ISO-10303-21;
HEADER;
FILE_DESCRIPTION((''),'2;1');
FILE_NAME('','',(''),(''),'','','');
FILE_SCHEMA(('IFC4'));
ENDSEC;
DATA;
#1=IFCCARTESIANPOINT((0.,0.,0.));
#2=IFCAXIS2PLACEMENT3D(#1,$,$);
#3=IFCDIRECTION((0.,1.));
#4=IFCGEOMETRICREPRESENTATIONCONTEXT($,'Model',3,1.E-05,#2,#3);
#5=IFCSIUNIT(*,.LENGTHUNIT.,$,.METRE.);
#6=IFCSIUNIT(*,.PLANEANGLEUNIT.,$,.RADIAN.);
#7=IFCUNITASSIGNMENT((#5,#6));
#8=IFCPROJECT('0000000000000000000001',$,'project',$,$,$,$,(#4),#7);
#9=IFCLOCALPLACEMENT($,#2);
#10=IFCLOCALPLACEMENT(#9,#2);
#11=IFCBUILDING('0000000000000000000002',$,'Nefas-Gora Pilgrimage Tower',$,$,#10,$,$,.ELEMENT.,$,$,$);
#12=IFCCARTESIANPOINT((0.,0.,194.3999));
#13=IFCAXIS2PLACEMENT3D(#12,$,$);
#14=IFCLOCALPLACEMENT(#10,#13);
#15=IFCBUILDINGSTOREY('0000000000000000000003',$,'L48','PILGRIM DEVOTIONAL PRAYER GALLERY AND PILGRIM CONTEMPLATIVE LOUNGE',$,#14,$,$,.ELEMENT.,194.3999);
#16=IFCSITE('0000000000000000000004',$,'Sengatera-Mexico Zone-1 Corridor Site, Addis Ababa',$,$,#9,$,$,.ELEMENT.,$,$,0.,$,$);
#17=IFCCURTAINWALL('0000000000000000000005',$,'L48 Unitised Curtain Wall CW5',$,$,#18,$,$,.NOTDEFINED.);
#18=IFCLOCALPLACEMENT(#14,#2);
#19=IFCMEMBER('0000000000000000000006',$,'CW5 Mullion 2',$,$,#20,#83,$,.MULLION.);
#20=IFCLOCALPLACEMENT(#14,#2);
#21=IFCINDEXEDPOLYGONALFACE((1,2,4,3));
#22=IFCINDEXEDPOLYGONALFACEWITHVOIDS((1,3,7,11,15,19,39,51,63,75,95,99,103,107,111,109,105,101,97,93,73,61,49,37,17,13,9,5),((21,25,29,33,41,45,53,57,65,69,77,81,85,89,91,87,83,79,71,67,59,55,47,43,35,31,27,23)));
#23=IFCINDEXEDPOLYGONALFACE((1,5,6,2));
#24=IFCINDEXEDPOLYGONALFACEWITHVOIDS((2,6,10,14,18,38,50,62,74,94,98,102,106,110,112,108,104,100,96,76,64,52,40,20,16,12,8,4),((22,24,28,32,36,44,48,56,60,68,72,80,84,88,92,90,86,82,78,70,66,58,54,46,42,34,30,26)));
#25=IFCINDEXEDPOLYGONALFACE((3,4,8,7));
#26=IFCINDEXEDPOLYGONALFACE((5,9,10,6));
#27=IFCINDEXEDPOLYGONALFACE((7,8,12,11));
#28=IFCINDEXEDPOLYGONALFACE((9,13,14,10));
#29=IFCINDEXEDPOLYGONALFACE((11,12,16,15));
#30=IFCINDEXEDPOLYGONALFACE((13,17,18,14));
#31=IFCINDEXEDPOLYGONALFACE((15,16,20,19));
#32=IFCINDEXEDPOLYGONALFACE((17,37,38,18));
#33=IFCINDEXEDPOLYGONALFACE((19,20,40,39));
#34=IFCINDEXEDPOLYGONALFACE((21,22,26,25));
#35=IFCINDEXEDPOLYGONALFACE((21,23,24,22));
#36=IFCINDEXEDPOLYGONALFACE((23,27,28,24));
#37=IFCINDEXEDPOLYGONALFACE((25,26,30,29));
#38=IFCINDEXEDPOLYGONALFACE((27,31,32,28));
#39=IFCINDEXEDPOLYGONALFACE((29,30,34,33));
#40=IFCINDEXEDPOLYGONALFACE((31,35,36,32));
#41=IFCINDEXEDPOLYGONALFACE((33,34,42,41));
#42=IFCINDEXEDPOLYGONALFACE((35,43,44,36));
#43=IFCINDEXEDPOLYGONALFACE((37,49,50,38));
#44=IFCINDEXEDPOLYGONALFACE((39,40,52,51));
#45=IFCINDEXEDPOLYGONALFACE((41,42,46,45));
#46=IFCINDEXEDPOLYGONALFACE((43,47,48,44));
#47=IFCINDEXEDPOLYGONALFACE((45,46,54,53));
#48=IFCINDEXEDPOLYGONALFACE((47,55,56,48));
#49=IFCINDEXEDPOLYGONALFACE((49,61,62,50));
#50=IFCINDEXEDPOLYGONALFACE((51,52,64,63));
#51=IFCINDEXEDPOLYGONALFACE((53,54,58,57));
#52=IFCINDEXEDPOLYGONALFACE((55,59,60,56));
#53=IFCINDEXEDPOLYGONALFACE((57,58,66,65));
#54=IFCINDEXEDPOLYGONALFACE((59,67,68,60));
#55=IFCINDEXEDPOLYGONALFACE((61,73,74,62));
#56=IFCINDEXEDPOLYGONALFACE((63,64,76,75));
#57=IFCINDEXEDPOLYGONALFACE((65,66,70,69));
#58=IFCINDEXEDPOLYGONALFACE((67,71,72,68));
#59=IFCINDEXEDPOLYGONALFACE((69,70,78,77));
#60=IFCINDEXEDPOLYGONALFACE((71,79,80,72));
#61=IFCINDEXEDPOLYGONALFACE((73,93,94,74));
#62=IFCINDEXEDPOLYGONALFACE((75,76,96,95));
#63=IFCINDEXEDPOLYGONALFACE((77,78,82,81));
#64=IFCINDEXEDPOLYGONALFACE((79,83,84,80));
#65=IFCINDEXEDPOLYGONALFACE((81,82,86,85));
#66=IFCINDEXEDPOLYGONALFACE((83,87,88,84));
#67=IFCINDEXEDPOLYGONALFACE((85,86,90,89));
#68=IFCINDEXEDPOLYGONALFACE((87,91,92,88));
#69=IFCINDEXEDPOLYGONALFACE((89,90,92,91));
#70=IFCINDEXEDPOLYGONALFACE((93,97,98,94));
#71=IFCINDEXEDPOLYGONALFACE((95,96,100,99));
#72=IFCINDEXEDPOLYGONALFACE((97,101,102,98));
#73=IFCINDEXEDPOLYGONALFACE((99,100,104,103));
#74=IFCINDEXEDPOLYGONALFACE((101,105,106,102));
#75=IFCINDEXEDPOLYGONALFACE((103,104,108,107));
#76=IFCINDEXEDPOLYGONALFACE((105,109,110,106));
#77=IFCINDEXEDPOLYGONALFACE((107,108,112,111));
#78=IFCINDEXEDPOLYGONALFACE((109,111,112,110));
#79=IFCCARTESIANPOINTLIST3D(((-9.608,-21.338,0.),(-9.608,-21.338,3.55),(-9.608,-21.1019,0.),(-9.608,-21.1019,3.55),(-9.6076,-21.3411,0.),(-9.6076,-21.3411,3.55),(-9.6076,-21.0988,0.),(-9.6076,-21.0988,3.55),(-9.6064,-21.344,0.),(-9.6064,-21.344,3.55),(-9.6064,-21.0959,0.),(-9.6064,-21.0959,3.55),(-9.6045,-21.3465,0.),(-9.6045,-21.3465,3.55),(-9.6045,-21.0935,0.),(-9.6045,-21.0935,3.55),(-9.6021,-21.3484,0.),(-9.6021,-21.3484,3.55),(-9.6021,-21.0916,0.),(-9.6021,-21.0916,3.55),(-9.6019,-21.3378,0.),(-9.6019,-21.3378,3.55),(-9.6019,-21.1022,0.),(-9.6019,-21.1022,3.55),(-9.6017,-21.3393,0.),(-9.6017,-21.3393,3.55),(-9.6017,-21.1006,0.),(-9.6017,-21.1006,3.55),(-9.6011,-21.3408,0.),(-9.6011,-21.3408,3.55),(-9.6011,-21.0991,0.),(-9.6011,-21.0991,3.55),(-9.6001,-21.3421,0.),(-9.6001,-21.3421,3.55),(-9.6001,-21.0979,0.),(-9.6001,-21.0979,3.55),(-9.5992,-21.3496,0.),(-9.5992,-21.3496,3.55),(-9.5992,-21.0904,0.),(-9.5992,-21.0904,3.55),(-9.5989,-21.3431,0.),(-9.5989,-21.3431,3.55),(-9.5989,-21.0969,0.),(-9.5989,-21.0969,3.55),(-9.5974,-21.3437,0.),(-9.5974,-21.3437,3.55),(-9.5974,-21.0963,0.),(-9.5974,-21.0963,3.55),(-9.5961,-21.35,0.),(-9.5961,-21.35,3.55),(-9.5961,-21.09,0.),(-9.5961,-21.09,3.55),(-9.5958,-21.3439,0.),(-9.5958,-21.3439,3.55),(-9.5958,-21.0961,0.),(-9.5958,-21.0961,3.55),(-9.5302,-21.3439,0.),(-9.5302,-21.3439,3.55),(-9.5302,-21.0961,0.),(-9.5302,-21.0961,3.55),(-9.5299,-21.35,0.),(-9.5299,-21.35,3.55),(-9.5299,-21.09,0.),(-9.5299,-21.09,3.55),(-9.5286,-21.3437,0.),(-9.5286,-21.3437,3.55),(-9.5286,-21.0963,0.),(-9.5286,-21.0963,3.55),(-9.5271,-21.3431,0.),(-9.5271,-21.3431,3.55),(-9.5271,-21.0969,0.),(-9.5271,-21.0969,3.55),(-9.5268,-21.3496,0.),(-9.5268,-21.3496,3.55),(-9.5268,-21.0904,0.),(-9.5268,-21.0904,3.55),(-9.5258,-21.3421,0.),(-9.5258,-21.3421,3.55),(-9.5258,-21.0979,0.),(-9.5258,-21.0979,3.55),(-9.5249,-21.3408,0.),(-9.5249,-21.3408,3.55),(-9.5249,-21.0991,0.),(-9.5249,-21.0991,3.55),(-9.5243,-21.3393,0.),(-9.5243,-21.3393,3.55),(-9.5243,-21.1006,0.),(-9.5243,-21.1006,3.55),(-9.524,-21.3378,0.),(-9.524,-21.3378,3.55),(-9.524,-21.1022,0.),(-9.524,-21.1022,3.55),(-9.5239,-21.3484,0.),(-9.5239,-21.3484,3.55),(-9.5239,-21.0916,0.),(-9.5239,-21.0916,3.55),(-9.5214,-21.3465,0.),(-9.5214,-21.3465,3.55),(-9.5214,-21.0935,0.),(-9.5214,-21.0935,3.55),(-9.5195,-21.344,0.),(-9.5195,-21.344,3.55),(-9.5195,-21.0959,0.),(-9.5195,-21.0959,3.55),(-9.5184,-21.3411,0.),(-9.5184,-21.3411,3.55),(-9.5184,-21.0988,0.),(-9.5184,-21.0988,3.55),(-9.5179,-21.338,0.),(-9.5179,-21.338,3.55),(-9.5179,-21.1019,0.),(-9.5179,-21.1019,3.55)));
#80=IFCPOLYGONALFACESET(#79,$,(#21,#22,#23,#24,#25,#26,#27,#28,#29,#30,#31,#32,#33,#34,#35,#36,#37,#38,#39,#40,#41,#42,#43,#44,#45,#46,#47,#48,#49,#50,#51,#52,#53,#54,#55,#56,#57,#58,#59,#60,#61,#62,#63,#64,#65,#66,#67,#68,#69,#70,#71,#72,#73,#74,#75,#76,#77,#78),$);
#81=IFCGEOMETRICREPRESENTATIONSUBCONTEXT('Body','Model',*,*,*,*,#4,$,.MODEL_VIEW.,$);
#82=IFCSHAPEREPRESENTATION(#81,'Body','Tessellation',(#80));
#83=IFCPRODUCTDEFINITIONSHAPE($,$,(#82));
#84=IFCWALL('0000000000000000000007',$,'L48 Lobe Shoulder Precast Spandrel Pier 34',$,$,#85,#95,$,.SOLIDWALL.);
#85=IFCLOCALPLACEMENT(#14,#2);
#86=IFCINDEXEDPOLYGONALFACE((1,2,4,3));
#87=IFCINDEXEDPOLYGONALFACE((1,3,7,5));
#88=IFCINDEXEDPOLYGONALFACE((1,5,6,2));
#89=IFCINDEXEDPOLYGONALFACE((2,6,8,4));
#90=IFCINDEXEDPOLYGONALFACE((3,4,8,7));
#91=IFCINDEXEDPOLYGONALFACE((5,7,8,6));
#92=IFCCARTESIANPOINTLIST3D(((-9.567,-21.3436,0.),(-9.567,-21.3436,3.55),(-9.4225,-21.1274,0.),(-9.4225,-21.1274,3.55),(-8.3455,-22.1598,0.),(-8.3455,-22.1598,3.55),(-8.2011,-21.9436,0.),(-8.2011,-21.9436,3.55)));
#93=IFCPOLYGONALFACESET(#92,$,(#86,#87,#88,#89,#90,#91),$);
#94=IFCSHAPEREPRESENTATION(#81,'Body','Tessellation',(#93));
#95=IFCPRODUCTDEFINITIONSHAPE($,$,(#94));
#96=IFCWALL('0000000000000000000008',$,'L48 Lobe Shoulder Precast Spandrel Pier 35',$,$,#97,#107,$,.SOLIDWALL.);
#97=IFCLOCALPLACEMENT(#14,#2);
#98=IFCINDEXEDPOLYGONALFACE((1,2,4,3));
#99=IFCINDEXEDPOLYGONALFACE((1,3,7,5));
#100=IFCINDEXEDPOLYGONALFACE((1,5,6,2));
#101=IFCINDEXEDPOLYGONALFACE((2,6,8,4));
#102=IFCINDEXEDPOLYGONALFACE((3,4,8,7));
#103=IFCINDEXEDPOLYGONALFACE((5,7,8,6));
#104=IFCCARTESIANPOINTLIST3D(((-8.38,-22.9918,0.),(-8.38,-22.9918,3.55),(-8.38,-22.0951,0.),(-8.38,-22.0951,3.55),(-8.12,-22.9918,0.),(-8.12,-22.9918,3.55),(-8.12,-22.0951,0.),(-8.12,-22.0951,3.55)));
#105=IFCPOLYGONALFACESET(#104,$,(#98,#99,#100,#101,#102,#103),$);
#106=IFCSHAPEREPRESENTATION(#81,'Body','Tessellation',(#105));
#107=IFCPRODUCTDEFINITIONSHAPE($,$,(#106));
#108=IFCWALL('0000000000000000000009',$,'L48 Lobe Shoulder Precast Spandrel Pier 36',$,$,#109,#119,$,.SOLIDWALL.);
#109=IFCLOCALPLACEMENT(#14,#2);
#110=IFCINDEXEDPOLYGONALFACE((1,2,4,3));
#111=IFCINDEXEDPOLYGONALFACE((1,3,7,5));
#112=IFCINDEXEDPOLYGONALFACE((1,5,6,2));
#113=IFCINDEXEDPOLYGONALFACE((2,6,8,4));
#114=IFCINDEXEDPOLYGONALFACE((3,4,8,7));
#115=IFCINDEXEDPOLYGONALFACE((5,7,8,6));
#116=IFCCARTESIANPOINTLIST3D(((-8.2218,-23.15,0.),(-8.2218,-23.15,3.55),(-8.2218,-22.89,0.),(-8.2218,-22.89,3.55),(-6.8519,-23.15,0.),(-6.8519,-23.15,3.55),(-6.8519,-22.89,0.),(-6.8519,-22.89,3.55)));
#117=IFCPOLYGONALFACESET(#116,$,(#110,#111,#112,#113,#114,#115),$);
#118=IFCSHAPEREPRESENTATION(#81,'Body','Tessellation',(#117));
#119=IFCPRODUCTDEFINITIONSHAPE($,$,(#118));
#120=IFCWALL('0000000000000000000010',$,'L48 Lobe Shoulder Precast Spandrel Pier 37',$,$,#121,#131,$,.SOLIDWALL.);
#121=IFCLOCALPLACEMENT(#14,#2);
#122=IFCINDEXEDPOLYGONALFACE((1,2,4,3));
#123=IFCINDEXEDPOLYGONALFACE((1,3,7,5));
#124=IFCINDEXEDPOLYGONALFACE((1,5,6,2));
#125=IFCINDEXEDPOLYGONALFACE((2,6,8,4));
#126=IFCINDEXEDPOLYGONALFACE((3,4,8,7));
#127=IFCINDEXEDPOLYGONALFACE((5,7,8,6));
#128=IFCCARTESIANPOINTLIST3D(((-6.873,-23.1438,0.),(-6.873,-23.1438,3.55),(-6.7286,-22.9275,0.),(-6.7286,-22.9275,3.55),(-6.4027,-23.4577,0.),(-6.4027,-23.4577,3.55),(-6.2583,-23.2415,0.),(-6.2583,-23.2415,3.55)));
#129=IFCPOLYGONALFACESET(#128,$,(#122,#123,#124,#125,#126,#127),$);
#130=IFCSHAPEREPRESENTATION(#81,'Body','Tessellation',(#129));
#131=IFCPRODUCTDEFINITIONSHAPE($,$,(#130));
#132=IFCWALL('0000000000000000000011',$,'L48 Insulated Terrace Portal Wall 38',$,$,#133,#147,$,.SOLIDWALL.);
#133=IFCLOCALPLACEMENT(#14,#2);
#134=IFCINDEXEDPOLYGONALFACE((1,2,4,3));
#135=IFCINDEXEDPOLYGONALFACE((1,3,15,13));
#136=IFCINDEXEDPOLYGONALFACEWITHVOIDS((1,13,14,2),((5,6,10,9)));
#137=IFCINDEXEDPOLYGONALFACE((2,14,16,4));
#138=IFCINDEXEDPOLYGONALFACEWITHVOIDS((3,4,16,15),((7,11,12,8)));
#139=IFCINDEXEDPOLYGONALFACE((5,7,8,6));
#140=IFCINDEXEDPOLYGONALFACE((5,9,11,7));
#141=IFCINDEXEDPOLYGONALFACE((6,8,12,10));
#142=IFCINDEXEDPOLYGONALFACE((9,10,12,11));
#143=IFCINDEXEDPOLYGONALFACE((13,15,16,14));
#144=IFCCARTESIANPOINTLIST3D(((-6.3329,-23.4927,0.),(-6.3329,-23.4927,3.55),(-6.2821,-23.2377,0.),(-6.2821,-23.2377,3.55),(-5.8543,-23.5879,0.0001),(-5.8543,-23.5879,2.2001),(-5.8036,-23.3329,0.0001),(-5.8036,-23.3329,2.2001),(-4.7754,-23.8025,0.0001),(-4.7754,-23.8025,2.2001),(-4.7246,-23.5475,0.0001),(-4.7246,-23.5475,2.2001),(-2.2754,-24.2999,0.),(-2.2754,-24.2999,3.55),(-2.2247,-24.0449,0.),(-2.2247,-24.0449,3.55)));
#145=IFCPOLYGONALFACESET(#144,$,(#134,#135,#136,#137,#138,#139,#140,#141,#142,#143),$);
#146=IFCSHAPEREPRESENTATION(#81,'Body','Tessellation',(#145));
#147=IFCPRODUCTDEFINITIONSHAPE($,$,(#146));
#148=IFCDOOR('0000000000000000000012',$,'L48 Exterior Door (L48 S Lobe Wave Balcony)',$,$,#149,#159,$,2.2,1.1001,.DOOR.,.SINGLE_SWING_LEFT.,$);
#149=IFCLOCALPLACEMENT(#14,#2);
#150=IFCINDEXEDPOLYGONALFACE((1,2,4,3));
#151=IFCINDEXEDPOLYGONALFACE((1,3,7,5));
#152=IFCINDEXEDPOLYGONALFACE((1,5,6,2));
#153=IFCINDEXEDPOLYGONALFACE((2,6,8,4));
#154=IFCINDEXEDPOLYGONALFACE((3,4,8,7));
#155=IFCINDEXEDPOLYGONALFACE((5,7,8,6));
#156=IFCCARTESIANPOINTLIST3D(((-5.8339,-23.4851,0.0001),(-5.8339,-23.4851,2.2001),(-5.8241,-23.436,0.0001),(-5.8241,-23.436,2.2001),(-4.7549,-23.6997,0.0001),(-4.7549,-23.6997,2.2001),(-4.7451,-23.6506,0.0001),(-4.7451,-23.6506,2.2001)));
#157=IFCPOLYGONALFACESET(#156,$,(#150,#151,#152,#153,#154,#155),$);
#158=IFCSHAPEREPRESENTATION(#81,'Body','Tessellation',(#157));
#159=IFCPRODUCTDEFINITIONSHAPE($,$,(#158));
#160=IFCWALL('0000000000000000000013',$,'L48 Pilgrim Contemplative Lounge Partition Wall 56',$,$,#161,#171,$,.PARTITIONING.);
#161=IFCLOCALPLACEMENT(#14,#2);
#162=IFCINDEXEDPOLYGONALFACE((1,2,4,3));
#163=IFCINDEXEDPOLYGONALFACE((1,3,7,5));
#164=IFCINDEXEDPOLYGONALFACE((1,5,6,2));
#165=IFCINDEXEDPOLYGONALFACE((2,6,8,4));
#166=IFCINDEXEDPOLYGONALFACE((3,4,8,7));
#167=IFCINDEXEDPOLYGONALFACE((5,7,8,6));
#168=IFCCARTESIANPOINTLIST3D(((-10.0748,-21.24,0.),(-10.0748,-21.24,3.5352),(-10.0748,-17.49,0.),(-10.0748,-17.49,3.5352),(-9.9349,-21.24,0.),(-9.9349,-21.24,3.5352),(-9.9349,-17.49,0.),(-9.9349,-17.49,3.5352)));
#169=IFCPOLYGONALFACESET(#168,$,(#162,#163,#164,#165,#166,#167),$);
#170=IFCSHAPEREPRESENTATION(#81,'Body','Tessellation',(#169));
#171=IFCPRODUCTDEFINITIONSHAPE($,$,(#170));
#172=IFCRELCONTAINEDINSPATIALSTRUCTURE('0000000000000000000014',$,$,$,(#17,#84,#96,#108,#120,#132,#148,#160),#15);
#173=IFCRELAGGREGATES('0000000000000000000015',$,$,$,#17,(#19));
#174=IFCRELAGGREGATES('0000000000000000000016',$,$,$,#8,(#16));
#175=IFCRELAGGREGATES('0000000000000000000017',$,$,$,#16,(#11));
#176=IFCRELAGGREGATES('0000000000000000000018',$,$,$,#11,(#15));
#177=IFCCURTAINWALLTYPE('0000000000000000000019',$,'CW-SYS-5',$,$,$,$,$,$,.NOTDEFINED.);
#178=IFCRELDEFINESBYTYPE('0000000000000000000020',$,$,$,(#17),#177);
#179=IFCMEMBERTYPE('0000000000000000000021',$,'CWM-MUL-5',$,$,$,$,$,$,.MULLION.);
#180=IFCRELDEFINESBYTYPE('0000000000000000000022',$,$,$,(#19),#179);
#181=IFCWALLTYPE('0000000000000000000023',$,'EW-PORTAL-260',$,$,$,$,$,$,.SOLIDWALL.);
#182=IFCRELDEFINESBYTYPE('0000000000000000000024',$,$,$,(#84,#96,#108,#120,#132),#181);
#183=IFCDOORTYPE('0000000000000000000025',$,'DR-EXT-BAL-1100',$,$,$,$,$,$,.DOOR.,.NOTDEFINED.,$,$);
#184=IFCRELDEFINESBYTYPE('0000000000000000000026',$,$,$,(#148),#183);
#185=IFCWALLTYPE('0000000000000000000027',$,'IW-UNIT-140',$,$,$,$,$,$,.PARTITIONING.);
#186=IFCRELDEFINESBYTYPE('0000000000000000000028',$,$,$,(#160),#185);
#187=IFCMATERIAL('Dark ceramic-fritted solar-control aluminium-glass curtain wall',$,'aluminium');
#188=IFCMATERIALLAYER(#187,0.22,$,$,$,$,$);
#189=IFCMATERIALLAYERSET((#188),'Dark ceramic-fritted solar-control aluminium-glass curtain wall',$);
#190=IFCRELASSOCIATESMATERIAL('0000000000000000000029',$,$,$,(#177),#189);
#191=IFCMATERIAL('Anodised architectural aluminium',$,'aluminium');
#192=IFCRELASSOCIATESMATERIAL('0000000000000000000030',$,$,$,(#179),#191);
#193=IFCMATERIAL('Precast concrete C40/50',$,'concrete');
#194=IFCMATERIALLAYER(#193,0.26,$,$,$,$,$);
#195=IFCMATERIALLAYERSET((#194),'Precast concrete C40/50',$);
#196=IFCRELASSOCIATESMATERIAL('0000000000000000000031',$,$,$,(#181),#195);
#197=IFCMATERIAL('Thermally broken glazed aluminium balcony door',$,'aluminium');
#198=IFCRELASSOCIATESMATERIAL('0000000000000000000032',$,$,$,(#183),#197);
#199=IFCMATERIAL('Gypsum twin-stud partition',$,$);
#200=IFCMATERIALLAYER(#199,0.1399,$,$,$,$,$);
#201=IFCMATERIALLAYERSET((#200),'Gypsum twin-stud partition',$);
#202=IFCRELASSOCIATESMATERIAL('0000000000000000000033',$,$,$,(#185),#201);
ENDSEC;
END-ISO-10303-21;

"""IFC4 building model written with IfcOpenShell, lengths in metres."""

from ifc_helpers import new_model, si_unit, direction, frame, frame_2d, origin, origin_2d, place, context, subcontext, project, spatial, rectangle, hollow_rectangle, extrude, source, transform, mapped, material, layer, layer_set, material_profile, profile_set, type_object, element, fill, aggregate, save


model = new_model("IFC4")

# Units and contexts
model_context = context("Model", 3, precision=1e-05, world=origin(), true_north=direction((0.0, 1.0)))
body_context = subcontext(model_context, "Body", "Model", "MODEL_VIEW")
ifc_project = project(units=[si_unit("LENGTHUNIT", "METRE"), si_unit("PLANEANGLEUNIT", "RADIAN")], contexts=[model_context])

# Site, building, storey
site_placement = place(None, origin())
site = spatial("IfcSite", under=ifc_project, at=site_placement, Name="Sengatera-Mexico Zone-1 Corridor Site, Addis Ababa", CompositionType="ELEMENT", RefElevation=0.0)
building_placement = place(site_placement, origin())
building = spatial("IfcBuilding", under=site, at=building_placement, Name="Nefas-Gora Pilgrimage Tower", CompositionType="ELEMENT")
storey_placement = place(building_placement, frame((0.0, 0.0, 194.3999)))
storey = spatial("IfcBuildingStorey", under=building, at=storey_placement, Name="L48", Description="PILGRIM DEVOTIONAL PRAYER GALLERY AND PILGRIM CONTEMPLATIVE LOUNGE", CompositionType="ELEMENT", Elevation=194.3999)

# Curtain wall, member
ifc_material_1 = material(Name="Dark ceramic-fritted solar-control aluminium-glass curtain wall", Category="aluminium")
ifc_layer_1 = layer(ifc_material_1, 0.22)
ifc_layer_set_1 = layer_set([ifc_layer_1], Name="Dark ceramic-fritted solar-control aluminium-glass curtain wall")
curtain_wall_type = type_object("IfcCurtainWallType", Name="CW-SYS-5", PredefinedType="NOTDEFINED", material=ifc_layer_set_1)
curtain_wall_placement = place(storey_placement, origin())
curtain_wall = element("IfcCurtainWall", 1, at=curtain_wall_placement, inside=storey, type_object=curtain_wall_type, Name="L48 Unitised Curtain Wall CW5", PredefinedType="NOTDEFINED")
ifc_material_2 = material(Name="Anodised architectural aluminium", Category="aluminium")
ifc_material_profile_1 = material_profile(ifc_material_2, hollow_rectangle(XDim=0.0901, YDim=0.26, WallThickness=0.0061, InnerFilletRadius=0.0061, OuterFilletRadius=0.012, at=origin_2d()), Name="ALU MULLION 90x260")
ifc_profile_set_1 = profile_set([ifc_material_profile_1], Name="Anodised architectural aluminium")
member_type = type_object("IfcMemberType", Name="CWM-MUL-5", PredefinedType="MULLION", material=ifc_profile_set_1)
shared_shape_1 = source(origin(), body_context, "Body", "SweptSolid", [
    extrude(hollow_rectangle(XDim=0.0901, YDim=0.26, WallThickness=0.0061, InnerFilletRadius=0.0061, OuterFilletRadius=0.012, at=origin_2d()), origin(), (0.0, 0.0, 1.0), 3.55),
])
member_placement = place(storey_placement, frame((-9.563, -21.22, 0.0), z_axis=(0.0, 0.0, 1.0), x_axis=(1.0, 0.0, 0.0)))
member = element("IfcMember", 2, at=member_placement, type_object=member_type, Name="CW5 Mullion 2", PredefinedType="MULLION", context=body_context, shape_type="MappedRepresentation", body=[
    mapped(shared_shape_1, transform((0.0, 0.0, 0.0), x_axis=(1.0, 0.0, 0.0), y_axis=(0.0, 1.0, 0.0), z_axis=(0.0, 0.0, 1.0), scale=1.0)),
])
aggregate(curtain_wall, [member])

# Walls
ifc_material_3 = material(Name="Precast concrete C40/50", Category="concrete")
ifc_layer_2 = layer(ifc_material_3, 0.26)
ifc_layer_set_2 = layer_set([ifc_layer_2], Name="Precast concrete C40/50")
wall_type_1 = type_object("IfcWallType", Name="EW-PORTAL-260", PredefinedType="SOLIDWALL", material=ifc_layer_set_2)
shared_shape_2 = source(origin(), body_context, "Body", "SweptSolid", [
    extrude(rectangle(XDim=1.469, YDim=0.26, at=frame_2d((0.7344, 0.0))), origin(), (0.0, 0.0, 1.0), 3.55),
])
wall_1_placement = place(storey_placement, frame((-9.4946, -21.2356, 0.0), z_axis=(0.0, 0.0, 1.0), x_axis=(0.831462, -0.555582, 0.0)))
element("IfcWall", 3, at=wall_1_placement, inside=storey, type_object=wall_type_1, Name="L48 Lobe Shoulder Precast Spandrel Pier 34", PredefinedType="SOLIDWALL", context=body_context, shape_type="MappedRepresentation", body=[
    mapped(shared_shape_2, transform((0.0, 0.0, 0.0), x_axis=(1.0, 0.0, 0.0), y_axis=(0.0, 1.0, 0.0), z_axis=(0.0, 0.0, 1.0), scale=1.0)),
])
shared_shape_3 = source(origin(), body_context, "Body", "SweptSolid", [
    extrude(rectangle(XDim=0.8967, YDim=0.26, at=frame_2d((0.4482, 0.0))), origin(), (0.0, 0.0, 1.0), 3.55),
])
wall_2_placement = place(storey_placement, frame((-8.25, -22.0952, 0.0), z_axis=(0.0, 0.0, 1.0), x_axis=(0.0, -1.0, 0.0)))
element("IfcWall", 4, at=wall_2_placement, inside=storey, type_object=wall_type_1, Name="L48 Lobe Shoulder Precast Spandrel Pier 35", PredefinedType="SOLIDWALL", context=body_context, shape_type="MappedRepresentation", body=[
    mapped(shared_shape_3, transform((0.0, 0.0, 0.0), x_axis=(1.0, 0.0, 0.0), y_axis=(0.0, 1.0, 0.0), z_axis=(0.0, 0.0, 1.0), scale=1.0)),
])
shared_shape_4 = source(origin(), body_context, "Body", "SweptSolid", [
    extrude(rectangle(XDim=1.3699, YDim=0.26, at=frame_2d((0.6851, 0.0))), origin(), (0.0, 0.0, 1.0), 3.55),
])
wall_3_placement = place(storey_placement, frame((-8.2219, -23.02, 0.0), z_axis=(0.0, 0.0, 1.0), x_axis=(1.0, 0.0, 0.0)))
element("IfcWall", 5, at=wall_3_placement, inside=storey, type_object=wall_type_1, Name="L48 Lobe Shoulder Precast Spandrel Pier 36", PredefinedType="SOLIDWALL", context=body_context, shape_type="MappedRepresentation", body=[
    mapped(shared_shape_4, transform((0.0, 0.0, 0.0), x_axis=(1.0, 0.0, 0.0), y_axis=(0.0, 1.0, 0.0), z_axis=(0.0, 0.0, 1.0), scale=1.0)),
])
shared_shape_5 = source(origin(), body_context, "Body", "SweptSolid", [
    extrude(rectangle(XDim=0.5654, YDim=0.26, at=frame_2d((0.2827, 0.0))), origin(), (0.0, 0.0, 1.0), 3.55),
])
wall_4_placement = place(storey_placement, frame((-6.8008, -23.0356, 0.0), z_axis=(0.0, 0.0, 1.0), x_axis=(0.831651, -0.555298, 0.0)))
element("IfcWall", 6, at=wall_4_placement, inside=storey, type_object=wall_type_1, Name="L48 Lobe Shoulder Precast Spandrel Pier 37", PredefinedType="SOLIDWALL", context=body_context, shape_type="MappedRepresentation", body=[
    mapped(shared_shape_5, transform((0.0, 0.0, 0.0), x_axis=(1.0, 0.0, 0.0), y_axis=(0.0, 1.0, 0.0), z_axis=(0.0, 0.0, 1.0), scale=1.0)),
])

# Wall, opening, door
shared_shape_6 = source(origin(), body_context, "Body", "SweptSolid", [
    extrude(rectangle(XDim=4.137, YDim=0.26, at=frame_2d((2.0684, 0.0))), origin(), (0.0, 0.0, 1.0), 3.55),
])
wall_5_placement = place(storey_placement, frame((-6.3074, -23.3652, 0.0), z_axis=(0.0, 0.0, 1.0), x_axis=(0.980782, -0.195106, 0.0)))
wall_5 = element("IfcWall", 7, at=wall_5_placement, inside=storey, type_object=wall_type_1, Name="L48 Insulated Terrace Portal Wall 38", PredefinedType="SOLIDWALL", context=body_context, shape_type="MappedRepresentation", body=[
    mapped(shared_shape_6, transform((0.0, 0.0, 0.0), x_axis=(1.0, 0.0, 0.0), y_axis=(0.0, 1.0, 0.0), z_axis=(0.0, 0.0, 1.0), scale=1.0)),
])
opening_1_placement = place(wall_5_placement, frame((0.4878, 0.0, 0.0)))
opening_1 = element("IfcOpeningElement", 8, at=opening_1_placement, cuts=wall_5, PredefinedType="OPENING", context=body_context, shape_type="SweptSolid", body=[
    extrude(rectangle(XDim=1.1001, YDim=2.2, at=frame_2d((0.55, 1.1001))), frame((0.0, 0.1399, 0.0), z_axis=(0.0, -1.0, 0.0), x_axis=(1.0, 0.0, 0.0)), (0.0, 0.0, 1.0), 0.28),
])
ifc_material_4 = material(Name="Thermally broken glazed aluminium balcony door", Category="aluminium")
door_type_1 = type_object("IfcDoorType", Name="DR-EXT-BAL-1100", OperationType="NOTDEFINED", PredefinedType="DOOR", material=ifc_material_4)
shared_shape_7 = source(origin(), body_context, "Body", "SweptSolid", [
    extrude(rectangle(XDim=1.1001, YDim=2.2, at=frame_2d((0.55, 1.1001))), frame((0.0, 0.0249, 0.0), z_axis=(0.0, -1.0, 0.0), x_axis=(1.0, 0.0, 0.0)), (0.0, 0.0, 1.0), 0.05),
])
door_1_placement = place(opening_1_placement, origin())
door_1 = element("IfcDoor", 9, at=door_1_placement, inside=storey, type_object=door_type_1, Name="L48 Exterior Door (L48 S Lobe Wave Balcony)", OperationType="SINGLE_SWING_LEFT", OverallHeight=2.2, OverallWidth=1.1001, PredefinedType="DOOR", context=body_context, shape_type="MappedRepresentation", body=[
    mapped(shared_shape_7, transform((0.0, 0.0, 0.0), x_axis=(1.0, 0.0, 0.0), y_axis=(0.0, 1.0, 0.0), z_axis=(0.0, 0.0, 1.0), scale=1.0)),
])
fill(opening_1, door_1)

# Wall
ifc_material_5 = material(Name="Gypsum twin-stud partition")
ifc_layer_3 = layer(ifc_material_5, 0.1399)
ifc_layer_set_3 = layer_set([ifc_layer_3], Name="Gypsum twin-stud partition")
wall_type_2 = type_object("IfcWallType", Name="IW-UNIT-140", PredefinedType="PARTITIONING", material=ifc_layer_set_3)
shared_shape_8 = source(origin(), body_context, "Body", "SweptSolid", [
    extrude(rectangle(XDim=3.75, YDim=0.1399, at=frame_2d((1.875, 0.0))), origin(), (0.0, 0.0, 1.0), 3.5352),
])
wall_6_placement = place(storey_placement, frame((-10.0049, -21.24, 0.0), z_axis=(0.0, 0.0, 1.0), x_axis=(0.0, 1.0, 0.0)))
element("IfcWall", 10, at=wall_6_placement, inside=storey, type_object=wall_type_2, Name="L48 Pilgrim Contemplative Lounge Partition Wall 56", PredefinedType="PARTITIONING", context=body_context, shape_type="MappedRepresentation", body=[
    mapped(shared_shape_8, transform((0.0, 0.0, 0.0), x_axis=(1.0, 0.0, 0.0), y_axis=(0.0, 1.0, 0.0), z_axis=(0.0, 0.0, 1.0), scale=1.0)),
])

save(model, "model.ifc")
